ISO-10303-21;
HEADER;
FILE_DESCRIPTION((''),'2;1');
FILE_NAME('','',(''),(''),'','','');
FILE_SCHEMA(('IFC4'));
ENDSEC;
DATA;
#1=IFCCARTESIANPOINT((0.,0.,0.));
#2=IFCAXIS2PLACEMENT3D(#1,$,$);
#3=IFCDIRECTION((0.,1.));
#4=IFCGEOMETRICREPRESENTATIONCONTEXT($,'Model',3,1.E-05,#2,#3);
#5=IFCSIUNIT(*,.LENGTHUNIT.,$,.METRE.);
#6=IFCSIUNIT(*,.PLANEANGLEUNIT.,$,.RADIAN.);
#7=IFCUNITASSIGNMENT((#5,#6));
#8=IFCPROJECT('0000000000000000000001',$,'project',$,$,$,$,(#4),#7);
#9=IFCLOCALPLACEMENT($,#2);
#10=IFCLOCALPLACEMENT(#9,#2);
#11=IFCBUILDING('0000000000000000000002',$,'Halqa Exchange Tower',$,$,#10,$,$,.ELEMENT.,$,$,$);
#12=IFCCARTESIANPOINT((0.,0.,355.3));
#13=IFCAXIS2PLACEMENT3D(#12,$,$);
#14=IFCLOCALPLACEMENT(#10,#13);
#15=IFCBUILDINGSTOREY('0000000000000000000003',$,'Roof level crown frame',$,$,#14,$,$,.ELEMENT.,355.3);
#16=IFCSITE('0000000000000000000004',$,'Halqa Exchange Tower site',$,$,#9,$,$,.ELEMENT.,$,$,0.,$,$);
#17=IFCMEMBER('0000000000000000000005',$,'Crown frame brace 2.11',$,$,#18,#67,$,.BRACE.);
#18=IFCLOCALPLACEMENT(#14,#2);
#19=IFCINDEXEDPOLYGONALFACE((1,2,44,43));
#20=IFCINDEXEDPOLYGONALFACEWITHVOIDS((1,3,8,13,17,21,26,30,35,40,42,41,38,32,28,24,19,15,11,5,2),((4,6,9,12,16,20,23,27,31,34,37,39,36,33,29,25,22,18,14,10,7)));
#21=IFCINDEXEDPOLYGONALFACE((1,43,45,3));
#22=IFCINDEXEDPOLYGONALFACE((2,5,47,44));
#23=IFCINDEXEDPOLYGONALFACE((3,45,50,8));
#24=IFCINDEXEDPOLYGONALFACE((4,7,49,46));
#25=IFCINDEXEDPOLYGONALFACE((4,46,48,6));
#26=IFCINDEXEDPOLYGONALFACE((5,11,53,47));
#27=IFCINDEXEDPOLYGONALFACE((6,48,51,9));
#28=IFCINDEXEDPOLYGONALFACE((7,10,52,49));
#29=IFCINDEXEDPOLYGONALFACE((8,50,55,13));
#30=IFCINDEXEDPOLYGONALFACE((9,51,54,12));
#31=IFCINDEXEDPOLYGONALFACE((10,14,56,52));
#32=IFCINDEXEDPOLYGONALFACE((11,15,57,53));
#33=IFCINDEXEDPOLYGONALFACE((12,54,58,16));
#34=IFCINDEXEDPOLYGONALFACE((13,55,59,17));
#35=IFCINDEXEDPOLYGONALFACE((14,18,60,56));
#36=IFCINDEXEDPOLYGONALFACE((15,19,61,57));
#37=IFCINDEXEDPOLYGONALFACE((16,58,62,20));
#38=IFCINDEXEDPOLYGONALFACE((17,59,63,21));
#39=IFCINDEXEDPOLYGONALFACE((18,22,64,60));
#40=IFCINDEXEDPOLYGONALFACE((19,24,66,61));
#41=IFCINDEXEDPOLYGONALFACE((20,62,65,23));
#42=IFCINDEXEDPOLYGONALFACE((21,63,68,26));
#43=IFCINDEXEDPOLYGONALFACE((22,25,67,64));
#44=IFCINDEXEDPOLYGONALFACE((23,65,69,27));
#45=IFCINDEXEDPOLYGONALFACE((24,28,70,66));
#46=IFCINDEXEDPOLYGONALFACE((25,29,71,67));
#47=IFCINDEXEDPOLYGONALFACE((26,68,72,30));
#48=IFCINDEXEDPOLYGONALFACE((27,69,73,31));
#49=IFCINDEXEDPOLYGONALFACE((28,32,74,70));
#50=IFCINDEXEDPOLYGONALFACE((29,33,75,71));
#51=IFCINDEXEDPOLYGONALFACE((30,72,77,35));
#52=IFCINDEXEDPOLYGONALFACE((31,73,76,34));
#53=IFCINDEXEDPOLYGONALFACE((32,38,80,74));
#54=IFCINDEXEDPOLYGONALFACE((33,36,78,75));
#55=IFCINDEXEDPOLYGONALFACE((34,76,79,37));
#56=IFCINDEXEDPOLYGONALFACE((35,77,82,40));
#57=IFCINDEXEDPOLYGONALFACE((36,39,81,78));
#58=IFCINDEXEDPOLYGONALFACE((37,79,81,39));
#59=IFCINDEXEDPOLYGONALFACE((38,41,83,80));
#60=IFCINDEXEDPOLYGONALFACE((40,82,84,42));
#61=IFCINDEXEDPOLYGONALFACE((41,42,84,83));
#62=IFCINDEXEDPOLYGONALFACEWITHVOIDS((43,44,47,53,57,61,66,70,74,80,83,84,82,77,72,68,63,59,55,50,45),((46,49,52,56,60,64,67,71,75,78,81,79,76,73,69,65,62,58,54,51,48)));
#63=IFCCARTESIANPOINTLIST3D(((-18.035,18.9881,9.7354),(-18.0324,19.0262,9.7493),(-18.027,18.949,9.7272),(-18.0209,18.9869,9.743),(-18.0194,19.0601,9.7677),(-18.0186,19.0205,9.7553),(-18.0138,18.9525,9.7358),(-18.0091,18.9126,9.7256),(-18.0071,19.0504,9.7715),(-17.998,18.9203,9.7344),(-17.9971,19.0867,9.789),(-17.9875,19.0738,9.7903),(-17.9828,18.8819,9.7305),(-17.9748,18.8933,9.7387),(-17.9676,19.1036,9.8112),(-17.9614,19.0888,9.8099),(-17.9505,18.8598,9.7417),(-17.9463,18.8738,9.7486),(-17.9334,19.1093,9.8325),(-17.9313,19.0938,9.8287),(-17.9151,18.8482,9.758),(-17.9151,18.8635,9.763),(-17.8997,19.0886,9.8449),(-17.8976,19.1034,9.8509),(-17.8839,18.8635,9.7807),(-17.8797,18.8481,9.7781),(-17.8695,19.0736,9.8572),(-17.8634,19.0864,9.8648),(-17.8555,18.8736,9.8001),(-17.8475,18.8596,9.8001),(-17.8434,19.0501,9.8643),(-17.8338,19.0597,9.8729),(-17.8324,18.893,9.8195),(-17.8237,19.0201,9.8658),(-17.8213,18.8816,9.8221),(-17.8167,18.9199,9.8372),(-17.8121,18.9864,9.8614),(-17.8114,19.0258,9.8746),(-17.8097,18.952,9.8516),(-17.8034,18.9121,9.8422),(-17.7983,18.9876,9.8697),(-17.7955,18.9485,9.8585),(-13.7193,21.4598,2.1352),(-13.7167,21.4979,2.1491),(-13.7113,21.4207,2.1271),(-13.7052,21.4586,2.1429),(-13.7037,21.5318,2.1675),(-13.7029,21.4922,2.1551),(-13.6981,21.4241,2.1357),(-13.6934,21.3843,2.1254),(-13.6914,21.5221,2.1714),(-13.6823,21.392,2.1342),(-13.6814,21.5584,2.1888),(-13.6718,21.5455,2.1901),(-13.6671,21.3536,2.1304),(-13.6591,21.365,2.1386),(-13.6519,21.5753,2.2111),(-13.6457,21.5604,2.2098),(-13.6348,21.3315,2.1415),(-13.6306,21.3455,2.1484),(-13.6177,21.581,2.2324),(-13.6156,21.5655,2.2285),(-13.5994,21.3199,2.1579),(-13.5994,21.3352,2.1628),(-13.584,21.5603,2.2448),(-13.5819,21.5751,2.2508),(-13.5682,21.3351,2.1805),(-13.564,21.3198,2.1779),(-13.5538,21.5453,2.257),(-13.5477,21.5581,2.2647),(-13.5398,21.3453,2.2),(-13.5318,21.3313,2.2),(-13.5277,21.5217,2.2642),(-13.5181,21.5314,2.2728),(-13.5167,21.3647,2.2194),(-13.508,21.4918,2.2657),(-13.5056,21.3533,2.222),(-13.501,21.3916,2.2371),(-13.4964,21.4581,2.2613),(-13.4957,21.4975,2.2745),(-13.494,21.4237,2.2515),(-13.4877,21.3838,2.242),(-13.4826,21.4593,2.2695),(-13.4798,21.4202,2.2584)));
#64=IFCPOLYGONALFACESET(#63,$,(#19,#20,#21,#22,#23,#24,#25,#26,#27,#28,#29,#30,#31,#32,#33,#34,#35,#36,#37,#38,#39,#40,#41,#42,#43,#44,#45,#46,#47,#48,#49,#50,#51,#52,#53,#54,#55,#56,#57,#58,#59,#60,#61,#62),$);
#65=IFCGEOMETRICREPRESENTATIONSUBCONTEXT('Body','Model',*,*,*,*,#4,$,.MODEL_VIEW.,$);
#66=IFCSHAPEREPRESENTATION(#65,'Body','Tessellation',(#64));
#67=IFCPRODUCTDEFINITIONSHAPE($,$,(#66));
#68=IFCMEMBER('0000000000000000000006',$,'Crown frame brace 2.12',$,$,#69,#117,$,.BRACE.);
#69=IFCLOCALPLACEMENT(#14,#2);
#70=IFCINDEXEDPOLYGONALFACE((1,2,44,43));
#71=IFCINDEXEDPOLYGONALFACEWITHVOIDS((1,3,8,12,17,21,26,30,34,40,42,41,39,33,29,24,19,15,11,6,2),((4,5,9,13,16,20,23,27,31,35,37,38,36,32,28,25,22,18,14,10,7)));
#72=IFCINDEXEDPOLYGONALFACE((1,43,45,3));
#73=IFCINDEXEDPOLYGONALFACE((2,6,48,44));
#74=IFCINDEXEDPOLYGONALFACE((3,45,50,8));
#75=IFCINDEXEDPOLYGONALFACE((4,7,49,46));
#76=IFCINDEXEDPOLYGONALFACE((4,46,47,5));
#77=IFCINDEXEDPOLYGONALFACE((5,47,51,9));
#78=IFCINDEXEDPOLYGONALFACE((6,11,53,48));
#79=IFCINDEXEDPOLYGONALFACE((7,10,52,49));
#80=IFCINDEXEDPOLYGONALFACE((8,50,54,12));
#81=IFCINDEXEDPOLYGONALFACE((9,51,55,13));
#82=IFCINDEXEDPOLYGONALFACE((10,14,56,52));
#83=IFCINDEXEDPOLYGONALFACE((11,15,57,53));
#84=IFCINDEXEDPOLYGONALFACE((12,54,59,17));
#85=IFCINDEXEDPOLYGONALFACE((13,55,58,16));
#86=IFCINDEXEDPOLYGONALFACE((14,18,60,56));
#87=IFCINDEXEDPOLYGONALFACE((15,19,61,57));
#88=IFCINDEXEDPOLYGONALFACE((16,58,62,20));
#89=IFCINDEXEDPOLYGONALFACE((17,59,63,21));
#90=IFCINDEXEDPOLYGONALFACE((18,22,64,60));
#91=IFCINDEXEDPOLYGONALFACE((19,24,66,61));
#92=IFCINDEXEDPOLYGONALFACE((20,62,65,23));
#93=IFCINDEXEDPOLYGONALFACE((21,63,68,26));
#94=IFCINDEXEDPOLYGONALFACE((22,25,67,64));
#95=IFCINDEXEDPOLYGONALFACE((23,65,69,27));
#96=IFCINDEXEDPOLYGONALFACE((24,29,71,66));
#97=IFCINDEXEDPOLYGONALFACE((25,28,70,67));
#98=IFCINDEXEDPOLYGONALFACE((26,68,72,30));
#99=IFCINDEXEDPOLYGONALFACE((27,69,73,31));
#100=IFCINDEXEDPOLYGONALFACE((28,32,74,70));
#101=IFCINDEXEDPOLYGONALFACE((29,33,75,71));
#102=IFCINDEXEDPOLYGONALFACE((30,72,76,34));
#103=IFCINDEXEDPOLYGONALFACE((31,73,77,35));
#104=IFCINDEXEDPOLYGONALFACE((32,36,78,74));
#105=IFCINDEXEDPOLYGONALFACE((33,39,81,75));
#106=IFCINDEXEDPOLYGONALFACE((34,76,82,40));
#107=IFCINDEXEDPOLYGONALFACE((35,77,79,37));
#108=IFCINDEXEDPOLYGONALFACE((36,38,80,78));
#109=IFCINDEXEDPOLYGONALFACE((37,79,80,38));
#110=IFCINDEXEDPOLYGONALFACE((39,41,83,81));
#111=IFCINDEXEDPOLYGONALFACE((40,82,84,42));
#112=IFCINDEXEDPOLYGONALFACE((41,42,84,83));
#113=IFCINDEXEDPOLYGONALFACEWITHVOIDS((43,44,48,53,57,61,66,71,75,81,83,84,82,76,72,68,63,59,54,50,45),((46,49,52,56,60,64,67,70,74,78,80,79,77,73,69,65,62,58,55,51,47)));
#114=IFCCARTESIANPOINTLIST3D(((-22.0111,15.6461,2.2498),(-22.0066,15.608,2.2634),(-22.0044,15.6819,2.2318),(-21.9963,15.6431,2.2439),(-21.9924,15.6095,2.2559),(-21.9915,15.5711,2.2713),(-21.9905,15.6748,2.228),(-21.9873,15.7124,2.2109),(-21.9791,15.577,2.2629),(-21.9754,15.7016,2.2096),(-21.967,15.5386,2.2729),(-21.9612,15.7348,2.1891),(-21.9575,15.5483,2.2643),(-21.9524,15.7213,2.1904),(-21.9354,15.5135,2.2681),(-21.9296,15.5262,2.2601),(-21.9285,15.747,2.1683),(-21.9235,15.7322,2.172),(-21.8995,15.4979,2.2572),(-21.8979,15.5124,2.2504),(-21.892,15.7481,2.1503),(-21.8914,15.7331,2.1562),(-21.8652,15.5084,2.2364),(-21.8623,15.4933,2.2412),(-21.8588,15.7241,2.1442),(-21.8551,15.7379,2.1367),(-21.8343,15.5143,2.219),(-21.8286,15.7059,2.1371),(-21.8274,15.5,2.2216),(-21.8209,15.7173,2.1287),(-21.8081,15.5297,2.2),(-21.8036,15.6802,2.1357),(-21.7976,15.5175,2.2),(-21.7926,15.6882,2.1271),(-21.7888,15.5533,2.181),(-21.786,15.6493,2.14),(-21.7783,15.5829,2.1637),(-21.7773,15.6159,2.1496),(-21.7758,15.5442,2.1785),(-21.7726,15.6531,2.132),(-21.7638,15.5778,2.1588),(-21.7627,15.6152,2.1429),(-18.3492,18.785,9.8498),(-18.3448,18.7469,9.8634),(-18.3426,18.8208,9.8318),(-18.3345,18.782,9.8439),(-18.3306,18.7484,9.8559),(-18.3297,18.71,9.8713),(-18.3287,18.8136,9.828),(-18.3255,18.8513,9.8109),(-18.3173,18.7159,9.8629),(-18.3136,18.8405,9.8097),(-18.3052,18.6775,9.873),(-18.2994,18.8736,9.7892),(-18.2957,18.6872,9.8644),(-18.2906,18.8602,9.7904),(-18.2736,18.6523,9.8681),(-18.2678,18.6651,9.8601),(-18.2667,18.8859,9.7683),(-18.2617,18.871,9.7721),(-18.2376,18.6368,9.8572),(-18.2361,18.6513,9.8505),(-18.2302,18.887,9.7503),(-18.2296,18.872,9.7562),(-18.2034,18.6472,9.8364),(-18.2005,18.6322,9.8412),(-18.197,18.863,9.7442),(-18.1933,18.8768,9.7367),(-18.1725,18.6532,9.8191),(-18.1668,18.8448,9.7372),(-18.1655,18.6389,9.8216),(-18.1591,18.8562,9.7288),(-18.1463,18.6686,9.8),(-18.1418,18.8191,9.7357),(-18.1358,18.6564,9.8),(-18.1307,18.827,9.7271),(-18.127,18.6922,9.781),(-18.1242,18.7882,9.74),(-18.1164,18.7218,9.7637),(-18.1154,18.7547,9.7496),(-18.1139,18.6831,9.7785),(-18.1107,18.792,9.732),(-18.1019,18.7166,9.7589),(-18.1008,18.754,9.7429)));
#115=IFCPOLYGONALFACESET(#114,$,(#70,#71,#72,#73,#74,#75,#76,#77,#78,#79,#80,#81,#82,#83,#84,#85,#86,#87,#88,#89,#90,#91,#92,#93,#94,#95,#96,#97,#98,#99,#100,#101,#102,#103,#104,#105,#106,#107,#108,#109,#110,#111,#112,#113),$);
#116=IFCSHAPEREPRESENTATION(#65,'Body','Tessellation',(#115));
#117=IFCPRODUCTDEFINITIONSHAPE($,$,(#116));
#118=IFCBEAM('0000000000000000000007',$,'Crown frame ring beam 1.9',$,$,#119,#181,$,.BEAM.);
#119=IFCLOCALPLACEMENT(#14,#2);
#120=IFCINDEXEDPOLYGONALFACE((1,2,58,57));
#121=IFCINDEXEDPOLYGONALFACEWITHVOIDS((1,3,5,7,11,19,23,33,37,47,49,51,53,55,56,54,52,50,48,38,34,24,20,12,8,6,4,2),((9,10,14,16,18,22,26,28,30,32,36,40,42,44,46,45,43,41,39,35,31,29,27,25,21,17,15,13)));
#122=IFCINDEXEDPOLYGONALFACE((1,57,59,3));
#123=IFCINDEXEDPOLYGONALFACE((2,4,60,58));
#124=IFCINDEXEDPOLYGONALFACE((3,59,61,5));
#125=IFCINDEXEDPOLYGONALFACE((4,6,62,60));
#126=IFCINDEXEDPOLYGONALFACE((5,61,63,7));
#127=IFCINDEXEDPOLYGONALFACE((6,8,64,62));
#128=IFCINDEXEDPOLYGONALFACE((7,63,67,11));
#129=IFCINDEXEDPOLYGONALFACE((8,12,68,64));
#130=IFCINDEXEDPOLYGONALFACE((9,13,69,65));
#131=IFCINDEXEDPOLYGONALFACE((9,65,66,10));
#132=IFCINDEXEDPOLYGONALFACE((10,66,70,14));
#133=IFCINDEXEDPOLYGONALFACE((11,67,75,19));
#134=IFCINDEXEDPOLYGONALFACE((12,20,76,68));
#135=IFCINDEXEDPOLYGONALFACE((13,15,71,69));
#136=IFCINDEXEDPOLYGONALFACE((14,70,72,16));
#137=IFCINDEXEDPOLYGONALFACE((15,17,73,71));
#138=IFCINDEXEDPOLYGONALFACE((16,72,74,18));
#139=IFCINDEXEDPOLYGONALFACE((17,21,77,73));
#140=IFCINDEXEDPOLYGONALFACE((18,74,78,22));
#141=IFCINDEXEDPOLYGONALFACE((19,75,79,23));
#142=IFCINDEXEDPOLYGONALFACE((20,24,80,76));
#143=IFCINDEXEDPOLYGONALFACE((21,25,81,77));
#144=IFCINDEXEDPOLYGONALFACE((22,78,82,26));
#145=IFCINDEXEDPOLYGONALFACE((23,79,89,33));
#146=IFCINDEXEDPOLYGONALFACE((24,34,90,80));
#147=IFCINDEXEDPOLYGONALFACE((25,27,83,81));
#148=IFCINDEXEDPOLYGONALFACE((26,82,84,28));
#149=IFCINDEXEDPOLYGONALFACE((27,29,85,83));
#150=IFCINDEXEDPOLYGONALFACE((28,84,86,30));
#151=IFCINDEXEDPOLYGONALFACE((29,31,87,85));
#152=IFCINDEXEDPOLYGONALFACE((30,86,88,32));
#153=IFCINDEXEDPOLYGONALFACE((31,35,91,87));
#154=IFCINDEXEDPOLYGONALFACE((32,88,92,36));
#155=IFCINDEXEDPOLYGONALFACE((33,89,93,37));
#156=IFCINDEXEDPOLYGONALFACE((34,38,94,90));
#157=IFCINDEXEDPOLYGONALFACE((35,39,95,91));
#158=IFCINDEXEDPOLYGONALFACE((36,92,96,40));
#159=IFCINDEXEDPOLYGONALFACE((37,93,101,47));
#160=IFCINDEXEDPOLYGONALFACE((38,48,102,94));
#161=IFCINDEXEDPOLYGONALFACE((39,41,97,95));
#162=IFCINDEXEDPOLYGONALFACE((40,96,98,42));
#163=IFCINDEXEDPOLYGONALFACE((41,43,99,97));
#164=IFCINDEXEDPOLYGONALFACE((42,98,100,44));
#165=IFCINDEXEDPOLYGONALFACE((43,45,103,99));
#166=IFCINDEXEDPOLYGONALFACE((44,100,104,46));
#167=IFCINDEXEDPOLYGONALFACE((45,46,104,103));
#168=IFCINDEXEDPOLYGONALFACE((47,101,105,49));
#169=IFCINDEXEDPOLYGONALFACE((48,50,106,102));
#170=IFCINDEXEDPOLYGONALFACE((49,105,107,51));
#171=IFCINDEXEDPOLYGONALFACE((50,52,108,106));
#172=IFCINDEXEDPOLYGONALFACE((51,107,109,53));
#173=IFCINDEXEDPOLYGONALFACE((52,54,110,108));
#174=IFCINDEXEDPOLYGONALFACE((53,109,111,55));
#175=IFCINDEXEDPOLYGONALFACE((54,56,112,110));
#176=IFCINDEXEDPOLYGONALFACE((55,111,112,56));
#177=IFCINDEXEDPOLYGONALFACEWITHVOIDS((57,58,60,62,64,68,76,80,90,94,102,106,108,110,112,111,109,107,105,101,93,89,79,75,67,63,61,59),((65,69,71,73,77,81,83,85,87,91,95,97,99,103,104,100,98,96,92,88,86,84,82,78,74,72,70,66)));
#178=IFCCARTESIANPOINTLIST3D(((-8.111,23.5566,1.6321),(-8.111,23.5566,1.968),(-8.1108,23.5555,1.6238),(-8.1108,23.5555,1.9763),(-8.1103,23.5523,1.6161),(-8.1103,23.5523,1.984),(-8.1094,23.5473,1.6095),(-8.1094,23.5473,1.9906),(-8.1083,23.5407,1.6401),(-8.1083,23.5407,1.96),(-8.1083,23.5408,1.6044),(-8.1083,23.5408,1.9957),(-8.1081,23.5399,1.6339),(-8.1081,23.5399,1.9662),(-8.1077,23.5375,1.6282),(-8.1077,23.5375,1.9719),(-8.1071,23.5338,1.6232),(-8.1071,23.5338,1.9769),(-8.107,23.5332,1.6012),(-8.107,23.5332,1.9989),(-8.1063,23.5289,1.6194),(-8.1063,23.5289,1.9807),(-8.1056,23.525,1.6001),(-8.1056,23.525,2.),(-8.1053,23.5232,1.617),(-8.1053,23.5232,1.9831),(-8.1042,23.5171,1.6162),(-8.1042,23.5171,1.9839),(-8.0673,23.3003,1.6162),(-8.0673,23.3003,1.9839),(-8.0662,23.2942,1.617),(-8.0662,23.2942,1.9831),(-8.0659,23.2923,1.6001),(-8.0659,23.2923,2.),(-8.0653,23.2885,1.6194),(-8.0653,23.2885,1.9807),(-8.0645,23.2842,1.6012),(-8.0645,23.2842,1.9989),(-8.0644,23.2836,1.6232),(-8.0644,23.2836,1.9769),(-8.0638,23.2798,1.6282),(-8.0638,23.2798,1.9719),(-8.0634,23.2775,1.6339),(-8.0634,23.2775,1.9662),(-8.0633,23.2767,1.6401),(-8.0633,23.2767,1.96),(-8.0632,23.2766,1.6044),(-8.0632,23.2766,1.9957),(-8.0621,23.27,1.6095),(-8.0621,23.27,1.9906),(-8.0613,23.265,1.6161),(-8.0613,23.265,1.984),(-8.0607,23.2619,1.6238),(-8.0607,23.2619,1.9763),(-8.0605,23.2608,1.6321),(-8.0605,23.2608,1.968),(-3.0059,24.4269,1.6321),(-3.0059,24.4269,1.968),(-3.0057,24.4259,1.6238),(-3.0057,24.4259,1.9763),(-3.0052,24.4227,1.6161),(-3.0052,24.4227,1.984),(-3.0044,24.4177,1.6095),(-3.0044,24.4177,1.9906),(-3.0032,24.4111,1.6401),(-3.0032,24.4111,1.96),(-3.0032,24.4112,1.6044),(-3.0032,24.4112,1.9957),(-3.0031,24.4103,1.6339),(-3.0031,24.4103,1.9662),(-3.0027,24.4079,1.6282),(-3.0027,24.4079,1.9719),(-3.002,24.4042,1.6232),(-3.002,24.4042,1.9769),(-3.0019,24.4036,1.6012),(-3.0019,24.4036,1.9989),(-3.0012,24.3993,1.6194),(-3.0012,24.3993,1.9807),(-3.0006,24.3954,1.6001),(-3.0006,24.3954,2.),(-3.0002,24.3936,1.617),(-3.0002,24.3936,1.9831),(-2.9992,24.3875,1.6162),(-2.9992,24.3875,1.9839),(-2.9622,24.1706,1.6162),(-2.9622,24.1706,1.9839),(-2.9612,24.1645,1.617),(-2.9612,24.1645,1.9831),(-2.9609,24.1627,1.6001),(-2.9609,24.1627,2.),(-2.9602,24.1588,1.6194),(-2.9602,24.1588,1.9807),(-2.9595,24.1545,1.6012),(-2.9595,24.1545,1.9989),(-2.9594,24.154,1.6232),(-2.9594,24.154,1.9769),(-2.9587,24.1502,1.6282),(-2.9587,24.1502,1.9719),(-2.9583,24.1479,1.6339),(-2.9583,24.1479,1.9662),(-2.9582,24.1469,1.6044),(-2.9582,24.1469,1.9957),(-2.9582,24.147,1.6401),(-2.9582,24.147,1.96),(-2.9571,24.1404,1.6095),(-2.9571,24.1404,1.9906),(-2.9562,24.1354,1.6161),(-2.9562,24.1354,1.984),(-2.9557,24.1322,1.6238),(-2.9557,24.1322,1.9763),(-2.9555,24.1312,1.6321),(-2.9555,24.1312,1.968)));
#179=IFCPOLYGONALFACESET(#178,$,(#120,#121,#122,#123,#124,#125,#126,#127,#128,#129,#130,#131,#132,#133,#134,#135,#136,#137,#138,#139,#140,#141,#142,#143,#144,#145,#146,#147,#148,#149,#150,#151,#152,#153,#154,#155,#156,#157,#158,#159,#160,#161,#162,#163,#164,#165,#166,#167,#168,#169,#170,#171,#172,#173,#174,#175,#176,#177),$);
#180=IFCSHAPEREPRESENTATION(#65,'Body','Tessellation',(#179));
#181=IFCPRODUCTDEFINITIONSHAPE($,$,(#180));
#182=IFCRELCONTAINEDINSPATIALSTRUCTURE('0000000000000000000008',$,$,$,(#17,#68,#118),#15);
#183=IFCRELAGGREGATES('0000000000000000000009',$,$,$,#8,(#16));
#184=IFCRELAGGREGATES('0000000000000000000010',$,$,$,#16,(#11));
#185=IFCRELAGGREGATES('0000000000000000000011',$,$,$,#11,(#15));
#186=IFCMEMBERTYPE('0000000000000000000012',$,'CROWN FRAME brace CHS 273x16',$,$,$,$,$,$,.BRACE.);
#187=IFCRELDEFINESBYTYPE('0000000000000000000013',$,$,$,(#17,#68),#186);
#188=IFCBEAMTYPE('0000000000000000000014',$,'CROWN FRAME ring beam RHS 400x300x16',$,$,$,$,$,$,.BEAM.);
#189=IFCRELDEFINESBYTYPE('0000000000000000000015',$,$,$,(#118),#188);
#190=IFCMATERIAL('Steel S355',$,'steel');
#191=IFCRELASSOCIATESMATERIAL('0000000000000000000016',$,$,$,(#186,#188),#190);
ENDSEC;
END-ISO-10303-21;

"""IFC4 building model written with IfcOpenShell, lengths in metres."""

from ifc_helpers import new_model, si_unit, direction, frame, origin, origin_2d, place, context, subcontext, project, spatial, hollow_rectangle, hollow_circle, extrude, material, material_profile, profile_set, type_object, element, save


model = new_model("IFC4")

# Units and contexts
model_context = context("Model", 3, precision=1e-05, world=origin(), true_north=direction((0.0, 1.0)))
body_context = subcontext(model_context, "Body", "Model", "MODEL_VIEW")
ifc_project = project(units=[si_unit("LENGTHUNIT", "METRE"), si_unit("PLANEANGLEUNIT", "RADIAN")], contexts=[model_context])

# Site, building, storey
site_placement = place(None, origin())
site = spatial("IfcSite", under=ifc_project, at=site_placement, Name="Halqa Exchange Tower site", CompositionType="ELEMENT", RefElevation=0.0)
building_placement = place(site_placement, origin())
building = spatial("IfcBuilding", under=site, at=building_placement, Name="Halqa Exchange Tower", CompositionType="ELEMENT")
storey_placement = place(building_placement, frame((0.0, 0.0, 355.3)))
storey = spatial("IfcBuildingStorey", under=building, at=storey_placement, Name="Roof level crown frame", CompositionType="ELEMENT", Elevation=355.3)

# Shared definitions
ifc_material_1 = material(Name="Steel S355", Category="steel")

# Members
ifc_material_profile_1 = material_profile(ifc_material_1, hollow_circle(Radius=0.1365, WallThickness=0.0161, at=origin_2d()), Name="CHS 273x16")
ifc_profile_set_1 = profile_set([ifc_material_profile_1], Name="Steel S355")
member_type = type_object("IfcMemberType", Name="CROWN FRAME brace CHS 273x16", PredefinedType="BRACE", material=ifc_profile_set_1)
member_1_placement = place(storey_placement, frame((-13.5996, 21.4497, 2.2), z_axis=(-0.475152, -0.27213, 0.836765), x_axis=(0.496985, -0.867759, 0.0)))
element("IfcMember", 1, at=member_1_placement, inside=storey, type_object=member_type, Name="Crown frame brace 2.11", PredefinedType="BRACE", context=body_context, shape_type="SweptSolid", body=[
    extrude(hollow_circle(Radius=0.1365, WallThickness=0.0161, at=origin_2d()), origin(), (0.0, 0.0, 1.0), 9.0828),
])
member_2_placement = place(storey_placement, frame((-18.2246, 18.76, 9.8), z_axis=(-0.406815, -0.348718, -0.844333), x_axis=(0.650812, -0.759239, 0.0)))
element("IfcMember", 2, at=member_2_placement, inside=storey, type_object=member_type, Name="Crown frame brace 2.12", PredefinedType="BRACE", context=body_context, shape_type="SweptSolid", body=[
    extrude(hollow_circle(Radius=0.1365, WallThickness=0.0161, at=origin_2d()), origin(), (0.0, 0.0, 1.0), 9.0012),
])

# Beam
ifc_material_profile_2 = material_profile(ifc_material_1, hollow_rectangle(XDim=0.3, YDim=0.3999, WallThickness=0.0161, InnerFilletRadius=0.0239, OuterFilletRadius=0.032, at=origin_2d()), Name="RHS 400x300x16")
ifc_profile_set_2 = profile_set([ifc_material_profile_2], Name="Steel S355")
beam_type = type_object("IfcBeamType", Name="CROWN FRAME ring beam RHS 400x300x16", PredefinedType="BEAM", material=ifc_profile_set_2)
beam_1_placement = place(storey_placement, frame((-2.9807, 24.2791, 1.8), z_axis=(-0.985776, -0.168067, 0.0), x_axis=(0.168067, -0.985776, 0.0)))
element("IfcBeam", 3, at=beam_1_placement, inside=storey, type_object=beam_type, Name="Crown frame ring beam 1.9", PredefinedType="BEAM", context=body_context, shape_type="SweptSolid", body=[
    extrude(hollow_rectangle(XDim=0.3, YDim=0.3999, WallThickness=0.0161, InnerFilletRadius=0.0239, OuterFilletRadius=0.032, at=origin_2d()), origin(), (0.0, 0.0, 1.0), 5.1787),
])

save(model, "model.ifc")
